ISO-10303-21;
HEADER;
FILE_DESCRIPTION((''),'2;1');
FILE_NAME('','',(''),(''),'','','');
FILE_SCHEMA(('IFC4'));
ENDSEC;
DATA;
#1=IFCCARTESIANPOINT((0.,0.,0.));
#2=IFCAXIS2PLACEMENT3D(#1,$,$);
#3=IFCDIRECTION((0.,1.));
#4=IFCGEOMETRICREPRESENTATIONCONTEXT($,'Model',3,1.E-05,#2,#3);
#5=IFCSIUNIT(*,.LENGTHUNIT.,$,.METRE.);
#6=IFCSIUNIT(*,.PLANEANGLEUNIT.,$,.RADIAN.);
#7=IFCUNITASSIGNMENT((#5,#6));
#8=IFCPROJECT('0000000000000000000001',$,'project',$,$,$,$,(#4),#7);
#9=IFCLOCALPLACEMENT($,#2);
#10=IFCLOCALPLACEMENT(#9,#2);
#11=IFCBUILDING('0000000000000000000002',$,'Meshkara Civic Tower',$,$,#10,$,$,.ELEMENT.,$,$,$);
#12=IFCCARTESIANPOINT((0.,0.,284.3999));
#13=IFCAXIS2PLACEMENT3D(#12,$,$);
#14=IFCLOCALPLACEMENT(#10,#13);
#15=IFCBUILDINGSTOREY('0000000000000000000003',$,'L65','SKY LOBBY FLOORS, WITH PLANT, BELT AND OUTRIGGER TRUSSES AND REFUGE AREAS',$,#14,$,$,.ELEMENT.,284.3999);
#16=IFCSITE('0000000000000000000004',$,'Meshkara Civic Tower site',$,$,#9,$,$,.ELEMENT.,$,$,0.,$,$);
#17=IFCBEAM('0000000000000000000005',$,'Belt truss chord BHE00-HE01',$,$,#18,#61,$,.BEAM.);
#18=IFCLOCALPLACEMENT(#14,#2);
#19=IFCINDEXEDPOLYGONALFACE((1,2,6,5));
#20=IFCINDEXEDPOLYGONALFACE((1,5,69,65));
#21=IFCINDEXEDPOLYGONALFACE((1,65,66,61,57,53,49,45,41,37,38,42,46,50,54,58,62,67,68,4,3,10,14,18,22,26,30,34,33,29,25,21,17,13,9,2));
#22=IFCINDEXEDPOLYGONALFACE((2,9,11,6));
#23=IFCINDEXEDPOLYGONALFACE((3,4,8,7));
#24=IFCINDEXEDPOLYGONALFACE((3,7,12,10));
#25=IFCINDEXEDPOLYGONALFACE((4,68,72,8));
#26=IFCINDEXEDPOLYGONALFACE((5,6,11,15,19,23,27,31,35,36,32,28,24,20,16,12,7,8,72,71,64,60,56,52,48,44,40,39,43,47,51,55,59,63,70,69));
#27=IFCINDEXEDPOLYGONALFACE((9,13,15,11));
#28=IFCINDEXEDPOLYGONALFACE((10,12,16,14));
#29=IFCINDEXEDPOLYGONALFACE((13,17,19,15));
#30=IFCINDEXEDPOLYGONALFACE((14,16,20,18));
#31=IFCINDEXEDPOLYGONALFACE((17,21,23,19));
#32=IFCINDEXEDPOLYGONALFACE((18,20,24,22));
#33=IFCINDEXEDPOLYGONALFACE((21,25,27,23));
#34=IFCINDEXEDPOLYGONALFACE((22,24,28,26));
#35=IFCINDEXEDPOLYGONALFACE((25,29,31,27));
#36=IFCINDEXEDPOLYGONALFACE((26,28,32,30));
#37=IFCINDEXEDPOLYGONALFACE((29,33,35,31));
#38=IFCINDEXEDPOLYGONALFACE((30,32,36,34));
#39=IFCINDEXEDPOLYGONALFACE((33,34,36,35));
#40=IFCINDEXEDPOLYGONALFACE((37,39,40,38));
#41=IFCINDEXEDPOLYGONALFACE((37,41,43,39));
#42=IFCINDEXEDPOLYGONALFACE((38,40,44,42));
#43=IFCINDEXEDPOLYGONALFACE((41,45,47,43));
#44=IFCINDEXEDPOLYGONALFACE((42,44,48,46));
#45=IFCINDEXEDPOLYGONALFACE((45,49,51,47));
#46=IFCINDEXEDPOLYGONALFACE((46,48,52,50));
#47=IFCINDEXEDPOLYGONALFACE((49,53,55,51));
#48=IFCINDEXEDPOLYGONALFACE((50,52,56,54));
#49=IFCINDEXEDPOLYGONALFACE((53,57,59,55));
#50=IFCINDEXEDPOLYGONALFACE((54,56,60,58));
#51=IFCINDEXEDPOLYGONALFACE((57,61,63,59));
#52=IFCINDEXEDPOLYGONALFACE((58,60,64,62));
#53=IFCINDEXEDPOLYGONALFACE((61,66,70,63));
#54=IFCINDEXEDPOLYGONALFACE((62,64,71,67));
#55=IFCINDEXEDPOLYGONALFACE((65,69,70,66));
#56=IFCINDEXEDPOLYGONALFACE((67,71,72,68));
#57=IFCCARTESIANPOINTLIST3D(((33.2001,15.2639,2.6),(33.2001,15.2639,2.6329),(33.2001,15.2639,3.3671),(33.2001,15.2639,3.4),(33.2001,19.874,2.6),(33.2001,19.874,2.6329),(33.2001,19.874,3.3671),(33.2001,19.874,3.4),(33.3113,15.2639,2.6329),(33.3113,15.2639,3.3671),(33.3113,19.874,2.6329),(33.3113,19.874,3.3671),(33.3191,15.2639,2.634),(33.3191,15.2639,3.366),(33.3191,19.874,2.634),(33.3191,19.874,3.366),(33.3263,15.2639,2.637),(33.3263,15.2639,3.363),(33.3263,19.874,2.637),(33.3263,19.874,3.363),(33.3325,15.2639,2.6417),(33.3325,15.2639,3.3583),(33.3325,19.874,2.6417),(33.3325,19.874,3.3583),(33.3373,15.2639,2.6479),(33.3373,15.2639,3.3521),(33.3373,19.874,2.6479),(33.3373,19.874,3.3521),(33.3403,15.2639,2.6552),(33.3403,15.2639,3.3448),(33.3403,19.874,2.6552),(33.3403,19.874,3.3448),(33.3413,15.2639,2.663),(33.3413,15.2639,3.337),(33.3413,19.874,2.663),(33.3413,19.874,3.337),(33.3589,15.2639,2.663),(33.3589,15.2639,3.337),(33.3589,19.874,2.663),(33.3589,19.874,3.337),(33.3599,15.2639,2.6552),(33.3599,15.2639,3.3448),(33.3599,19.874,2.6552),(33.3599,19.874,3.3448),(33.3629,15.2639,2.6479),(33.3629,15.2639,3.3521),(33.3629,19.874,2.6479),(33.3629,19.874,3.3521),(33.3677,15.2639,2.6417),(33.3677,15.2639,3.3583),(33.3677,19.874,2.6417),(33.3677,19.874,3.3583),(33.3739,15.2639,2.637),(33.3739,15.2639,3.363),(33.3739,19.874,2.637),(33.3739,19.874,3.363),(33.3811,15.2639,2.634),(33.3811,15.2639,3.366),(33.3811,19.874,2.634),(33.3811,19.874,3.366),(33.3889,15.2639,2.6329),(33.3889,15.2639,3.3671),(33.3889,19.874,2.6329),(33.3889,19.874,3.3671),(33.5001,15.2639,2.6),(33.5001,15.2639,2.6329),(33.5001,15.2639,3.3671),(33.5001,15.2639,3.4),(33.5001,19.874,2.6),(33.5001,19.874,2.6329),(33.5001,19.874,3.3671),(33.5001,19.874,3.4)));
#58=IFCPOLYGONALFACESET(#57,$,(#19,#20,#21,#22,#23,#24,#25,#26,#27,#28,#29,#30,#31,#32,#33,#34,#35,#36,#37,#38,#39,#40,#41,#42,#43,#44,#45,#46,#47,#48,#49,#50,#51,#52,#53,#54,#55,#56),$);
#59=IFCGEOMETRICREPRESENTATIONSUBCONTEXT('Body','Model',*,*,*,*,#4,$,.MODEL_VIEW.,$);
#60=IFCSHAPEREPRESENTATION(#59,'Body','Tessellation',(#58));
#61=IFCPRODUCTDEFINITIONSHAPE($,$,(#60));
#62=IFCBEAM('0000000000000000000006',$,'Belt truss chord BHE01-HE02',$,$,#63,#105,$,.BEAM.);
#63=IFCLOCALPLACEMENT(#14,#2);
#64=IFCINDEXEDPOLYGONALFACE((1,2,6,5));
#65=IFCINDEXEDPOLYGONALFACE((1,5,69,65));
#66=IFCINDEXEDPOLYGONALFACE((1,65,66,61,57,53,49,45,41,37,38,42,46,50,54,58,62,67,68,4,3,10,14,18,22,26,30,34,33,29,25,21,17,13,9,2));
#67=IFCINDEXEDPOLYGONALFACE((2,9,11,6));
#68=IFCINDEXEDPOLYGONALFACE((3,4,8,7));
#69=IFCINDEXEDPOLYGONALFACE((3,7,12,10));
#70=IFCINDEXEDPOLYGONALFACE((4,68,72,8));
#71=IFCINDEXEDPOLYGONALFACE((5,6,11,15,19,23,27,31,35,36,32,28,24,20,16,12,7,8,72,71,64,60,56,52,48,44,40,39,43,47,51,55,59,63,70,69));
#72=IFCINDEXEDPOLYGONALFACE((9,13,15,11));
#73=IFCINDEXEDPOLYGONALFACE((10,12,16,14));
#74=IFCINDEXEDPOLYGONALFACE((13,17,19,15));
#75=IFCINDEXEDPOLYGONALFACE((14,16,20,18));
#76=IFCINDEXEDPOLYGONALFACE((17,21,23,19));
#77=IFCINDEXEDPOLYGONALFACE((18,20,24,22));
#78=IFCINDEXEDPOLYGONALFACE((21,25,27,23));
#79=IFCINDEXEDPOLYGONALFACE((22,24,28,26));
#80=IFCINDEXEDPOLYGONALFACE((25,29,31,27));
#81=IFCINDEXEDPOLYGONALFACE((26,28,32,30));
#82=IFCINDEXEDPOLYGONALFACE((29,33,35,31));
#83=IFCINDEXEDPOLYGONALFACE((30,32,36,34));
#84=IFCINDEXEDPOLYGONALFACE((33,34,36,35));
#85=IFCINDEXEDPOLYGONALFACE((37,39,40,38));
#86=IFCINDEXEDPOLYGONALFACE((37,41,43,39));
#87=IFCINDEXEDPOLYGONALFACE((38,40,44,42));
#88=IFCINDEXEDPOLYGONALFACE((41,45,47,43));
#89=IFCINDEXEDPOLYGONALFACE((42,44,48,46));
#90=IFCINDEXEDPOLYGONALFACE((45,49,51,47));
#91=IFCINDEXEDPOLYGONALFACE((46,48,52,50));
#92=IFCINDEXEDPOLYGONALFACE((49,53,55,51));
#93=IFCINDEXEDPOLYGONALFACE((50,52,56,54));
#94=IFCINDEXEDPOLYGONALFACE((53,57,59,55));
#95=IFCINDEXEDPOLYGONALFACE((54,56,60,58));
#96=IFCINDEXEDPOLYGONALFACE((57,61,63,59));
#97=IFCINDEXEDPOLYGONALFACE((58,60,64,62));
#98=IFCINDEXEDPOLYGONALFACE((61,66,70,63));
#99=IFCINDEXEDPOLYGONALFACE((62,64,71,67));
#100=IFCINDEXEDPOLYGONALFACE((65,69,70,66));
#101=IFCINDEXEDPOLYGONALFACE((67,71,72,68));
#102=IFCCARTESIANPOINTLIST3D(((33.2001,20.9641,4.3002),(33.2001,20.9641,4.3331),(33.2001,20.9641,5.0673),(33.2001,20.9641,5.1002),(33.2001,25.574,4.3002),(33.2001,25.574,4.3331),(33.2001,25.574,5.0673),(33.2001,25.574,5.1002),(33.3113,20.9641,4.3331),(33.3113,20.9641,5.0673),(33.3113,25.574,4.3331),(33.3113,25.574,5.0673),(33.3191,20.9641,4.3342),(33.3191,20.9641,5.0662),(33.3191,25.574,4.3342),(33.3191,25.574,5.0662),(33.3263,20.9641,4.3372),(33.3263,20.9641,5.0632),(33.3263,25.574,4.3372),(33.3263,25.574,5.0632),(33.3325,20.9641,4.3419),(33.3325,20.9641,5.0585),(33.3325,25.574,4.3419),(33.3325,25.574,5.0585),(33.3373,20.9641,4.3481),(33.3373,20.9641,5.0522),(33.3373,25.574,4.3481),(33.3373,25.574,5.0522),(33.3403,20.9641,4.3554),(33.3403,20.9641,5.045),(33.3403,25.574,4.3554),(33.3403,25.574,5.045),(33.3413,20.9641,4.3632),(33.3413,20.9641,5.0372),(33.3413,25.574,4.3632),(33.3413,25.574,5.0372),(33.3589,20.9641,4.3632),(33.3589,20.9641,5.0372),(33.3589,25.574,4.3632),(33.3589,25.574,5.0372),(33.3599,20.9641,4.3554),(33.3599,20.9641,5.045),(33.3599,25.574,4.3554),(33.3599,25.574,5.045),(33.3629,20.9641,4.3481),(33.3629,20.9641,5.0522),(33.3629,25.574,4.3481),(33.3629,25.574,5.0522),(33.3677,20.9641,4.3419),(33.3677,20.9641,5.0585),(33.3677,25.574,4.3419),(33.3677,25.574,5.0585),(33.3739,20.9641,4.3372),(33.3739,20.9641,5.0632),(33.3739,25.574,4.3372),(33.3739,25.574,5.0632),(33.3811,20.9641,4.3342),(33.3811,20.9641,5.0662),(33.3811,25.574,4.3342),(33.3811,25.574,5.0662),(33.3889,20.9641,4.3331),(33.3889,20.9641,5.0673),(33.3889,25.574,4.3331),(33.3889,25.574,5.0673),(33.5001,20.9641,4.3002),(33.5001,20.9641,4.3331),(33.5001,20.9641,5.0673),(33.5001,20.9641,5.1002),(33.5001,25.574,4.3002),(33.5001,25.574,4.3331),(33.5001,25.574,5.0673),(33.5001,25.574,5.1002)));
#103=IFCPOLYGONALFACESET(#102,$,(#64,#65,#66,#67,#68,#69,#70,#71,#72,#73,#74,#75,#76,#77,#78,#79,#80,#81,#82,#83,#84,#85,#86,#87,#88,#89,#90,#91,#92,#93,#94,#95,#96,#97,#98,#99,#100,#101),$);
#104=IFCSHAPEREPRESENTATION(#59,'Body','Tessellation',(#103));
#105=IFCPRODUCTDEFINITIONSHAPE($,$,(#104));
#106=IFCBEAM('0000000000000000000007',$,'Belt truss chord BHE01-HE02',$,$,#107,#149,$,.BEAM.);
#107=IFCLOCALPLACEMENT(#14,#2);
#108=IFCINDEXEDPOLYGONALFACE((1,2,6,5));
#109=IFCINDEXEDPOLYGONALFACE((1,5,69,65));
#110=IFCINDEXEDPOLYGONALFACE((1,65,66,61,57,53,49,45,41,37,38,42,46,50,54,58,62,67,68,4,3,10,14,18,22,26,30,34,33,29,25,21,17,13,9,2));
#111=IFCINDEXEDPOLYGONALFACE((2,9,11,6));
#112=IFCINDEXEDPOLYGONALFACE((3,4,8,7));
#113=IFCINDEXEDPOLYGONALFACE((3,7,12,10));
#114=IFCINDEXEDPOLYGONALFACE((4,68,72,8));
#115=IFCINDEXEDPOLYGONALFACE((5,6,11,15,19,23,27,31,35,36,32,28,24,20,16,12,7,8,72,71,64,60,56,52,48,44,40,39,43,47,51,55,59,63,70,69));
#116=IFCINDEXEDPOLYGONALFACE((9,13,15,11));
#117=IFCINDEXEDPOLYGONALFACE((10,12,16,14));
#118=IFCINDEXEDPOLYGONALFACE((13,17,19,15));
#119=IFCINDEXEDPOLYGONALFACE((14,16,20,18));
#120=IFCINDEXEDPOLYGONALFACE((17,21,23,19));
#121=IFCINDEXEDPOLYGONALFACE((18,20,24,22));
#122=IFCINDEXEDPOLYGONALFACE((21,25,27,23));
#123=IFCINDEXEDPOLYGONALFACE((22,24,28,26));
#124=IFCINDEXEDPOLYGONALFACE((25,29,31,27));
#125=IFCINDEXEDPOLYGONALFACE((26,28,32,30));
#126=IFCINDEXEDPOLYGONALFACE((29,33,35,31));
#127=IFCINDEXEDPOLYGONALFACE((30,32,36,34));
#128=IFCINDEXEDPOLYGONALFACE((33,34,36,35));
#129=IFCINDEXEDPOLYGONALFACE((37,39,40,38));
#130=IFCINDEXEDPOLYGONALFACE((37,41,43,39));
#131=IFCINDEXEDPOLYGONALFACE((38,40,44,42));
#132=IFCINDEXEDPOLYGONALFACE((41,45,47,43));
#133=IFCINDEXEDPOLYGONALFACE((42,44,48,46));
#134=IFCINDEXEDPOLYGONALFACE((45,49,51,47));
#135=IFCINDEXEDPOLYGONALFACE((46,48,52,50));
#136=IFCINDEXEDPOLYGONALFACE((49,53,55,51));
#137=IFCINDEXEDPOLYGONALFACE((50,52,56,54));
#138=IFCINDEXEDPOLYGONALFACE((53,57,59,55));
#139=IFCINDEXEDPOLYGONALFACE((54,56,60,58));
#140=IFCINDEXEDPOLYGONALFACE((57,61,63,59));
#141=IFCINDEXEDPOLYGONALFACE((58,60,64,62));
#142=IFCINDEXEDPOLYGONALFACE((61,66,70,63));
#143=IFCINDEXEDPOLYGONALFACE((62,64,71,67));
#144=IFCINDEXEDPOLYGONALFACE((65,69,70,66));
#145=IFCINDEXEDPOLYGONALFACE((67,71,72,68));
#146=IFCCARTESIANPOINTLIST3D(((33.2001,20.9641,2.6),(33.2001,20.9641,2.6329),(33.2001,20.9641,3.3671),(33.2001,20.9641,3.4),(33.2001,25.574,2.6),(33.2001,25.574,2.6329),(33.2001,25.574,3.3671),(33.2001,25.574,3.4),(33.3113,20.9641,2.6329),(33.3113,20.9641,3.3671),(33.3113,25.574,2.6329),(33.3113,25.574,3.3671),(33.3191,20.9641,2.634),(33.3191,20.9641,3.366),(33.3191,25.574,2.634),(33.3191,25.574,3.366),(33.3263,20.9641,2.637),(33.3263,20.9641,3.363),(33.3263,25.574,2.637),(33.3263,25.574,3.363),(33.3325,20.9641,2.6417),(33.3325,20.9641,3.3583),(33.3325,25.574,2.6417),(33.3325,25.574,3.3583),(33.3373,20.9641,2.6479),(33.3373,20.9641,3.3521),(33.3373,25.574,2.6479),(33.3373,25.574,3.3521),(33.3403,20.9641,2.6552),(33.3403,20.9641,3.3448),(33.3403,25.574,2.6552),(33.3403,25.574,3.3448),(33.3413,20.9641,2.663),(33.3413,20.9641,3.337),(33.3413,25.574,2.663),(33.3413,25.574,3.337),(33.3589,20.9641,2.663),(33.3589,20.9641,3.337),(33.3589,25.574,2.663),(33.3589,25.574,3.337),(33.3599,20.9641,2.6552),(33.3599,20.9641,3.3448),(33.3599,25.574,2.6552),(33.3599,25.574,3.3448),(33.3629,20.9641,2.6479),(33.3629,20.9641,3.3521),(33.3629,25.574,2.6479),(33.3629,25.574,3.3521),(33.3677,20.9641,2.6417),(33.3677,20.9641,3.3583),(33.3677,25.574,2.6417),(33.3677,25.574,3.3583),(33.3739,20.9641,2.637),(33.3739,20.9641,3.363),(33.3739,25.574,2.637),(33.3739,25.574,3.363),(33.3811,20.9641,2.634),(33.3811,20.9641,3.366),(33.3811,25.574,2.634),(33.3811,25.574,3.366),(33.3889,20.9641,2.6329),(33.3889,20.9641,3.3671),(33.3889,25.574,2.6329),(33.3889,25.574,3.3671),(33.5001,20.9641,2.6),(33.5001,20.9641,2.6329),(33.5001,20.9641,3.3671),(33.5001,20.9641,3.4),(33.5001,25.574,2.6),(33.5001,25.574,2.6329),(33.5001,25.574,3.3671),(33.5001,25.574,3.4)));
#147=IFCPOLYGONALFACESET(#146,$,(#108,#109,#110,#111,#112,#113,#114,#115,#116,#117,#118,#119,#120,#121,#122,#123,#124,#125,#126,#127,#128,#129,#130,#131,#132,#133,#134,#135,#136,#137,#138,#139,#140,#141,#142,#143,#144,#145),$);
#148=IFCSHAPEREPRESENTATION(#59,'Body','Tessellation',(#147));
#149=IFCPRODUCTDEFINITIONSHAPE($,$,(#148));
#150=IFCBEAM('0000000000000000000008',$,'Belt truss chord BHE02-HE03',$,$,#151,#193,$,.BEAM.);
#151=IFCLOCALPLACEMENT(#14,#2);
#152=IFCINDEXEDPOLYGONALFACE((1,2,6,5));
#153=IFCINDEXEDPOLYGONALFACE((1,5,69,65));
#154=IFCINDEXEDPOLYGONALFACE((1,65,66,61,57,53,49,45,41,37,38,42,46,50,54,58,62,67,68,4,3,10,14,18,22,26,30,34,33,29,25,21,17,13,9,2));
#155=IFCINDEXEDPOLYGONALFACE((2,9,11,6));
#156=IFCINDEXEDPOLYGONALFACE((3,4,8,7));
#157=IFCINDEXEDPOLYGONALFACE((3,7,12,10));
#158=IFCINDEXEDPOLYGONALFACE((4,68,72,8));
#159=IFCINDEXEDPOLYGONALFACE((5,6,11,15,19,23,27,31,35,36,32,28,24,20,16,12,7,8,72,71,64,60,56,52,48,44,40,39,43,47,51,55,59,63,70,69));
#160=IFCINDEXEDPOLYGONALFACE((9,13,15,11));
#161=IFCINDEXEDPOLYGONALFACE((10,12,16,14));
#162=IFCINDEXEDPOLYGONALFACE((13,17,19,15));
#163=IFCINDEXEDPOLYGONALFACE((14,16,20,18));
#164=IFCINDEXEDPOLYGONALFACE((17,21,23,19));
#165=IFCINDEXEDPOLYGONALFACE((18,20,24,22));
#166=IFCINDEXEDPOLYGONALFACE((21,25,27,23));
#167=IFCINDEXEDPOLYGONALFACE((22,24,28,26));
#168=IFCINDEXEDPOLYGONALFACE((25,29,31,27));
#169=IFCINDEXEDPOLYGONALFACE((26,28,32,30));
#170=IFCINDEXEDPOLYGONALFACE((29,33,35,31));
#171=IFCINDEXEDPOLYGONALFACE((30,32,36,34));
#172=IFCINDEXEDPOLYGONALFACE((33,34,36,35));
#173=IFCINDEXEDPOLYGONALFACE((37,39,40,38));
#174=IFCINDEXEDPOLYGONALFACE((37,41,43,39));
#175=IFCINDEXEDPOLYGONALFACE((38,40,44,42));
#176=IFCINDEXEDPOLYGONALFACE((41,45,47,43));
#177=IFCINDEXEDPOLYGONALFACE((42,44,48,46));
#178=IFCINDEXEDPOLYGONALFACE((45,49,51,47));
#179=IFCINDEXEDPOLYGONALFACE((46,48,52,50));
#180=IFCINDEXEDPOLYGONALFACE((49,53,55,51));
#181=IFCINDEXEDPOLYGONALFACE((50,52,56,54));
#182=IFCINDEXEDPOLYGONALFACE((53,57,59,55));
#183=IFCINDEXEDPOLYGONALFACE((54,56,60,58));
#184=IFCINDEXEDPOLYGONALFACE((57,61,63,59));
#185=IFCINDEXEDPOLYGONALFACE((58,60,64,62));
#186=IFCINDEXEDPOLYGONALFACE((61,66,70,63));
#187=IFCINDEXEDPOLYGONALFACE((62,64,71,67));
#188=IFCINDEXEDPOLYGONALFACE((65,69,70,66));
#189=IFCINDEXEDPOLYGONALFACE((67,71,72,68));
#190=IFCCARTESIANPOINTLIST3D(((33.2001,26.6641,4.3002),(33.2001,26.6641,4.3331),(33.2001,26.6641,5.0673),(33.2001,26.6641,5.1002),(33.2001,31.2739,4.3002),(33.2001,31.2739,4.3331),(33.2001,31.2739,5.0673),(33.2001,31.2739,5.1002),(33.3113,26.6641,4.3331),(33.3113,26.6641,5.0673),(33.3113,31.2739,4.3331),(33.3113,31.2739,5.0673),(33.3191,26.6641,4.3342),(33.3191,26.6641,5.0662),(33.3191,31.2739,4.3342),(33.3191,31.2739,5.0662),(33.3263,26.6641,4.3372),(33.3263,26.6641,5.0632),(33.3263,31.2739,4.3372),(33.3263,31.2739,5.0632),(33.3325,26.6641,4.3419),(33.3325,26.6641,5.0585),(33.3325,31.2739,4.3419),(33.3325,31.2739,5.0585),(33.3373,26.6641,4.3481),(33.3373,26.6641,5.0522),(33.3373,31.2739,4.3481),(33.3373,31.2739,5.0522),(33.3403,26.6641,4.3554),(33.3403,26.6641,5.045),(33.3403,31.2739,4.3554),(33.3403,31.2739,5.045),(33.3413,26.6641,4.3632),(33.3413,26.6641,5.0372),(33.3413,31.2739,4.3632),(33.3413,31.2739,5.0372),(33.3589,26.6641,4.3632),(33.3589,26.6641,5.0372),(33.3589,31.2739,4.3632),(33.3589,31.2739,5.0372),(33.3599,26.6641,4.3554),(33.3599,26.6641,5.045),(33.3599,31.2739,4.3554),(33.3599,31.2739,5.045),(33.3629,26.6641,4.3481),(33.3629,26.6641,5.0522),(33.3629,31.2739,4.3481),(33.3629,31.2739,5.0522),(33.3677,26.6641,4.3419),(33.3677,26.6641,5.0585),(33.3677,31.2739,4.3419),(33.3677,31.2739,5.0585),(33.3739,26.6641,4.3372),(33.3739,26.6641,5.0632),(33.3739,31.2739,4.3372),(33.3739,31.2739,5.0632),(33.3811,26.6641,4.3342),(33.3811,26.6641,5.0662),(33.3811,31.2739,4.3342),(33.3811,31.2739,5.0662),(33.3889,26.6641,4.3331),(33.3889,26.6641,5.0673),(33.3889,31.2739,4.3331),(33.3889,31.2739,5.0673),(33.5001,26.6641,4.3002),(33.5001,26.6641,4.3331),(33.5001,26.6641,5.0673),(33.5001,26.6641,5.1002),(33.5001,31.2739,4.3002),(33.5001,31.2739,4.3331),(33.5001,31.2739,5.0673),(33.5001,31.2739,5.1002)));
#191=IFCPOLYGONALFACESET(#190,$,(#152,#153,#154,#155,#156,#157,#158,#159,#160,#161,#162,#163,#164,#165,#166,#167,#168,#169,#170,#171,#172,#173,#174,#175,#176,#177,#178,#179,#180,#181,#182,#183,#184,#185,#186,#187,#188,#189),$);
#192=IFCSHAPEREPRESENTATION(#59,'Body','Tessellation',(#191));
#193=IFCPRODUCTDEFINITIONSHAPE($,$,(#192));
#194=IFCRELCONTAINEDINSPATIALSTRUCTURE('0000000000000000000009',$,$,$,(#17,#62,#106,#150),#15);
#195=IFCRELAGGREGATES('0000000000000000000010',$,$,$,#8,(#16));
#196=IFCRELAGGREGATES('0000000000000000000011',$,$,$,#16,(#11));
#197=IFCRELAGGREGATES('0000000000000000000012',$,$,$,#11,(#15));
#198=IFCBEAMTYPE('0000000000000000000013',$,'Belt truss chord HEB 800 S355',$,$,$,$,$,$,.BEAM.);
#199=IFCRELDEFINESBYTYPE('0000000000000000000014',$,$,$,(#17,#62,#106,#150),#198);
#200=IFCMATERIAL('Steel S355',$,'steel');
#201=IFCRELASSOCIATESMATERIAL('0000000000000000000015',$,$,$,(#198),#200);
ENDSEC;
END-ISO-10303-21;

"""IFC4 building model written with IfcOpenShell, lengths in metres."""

from ifc_helpers import new_model, si_unit, direction, frame, origin, origin_2d, place, context, subcontext, project, spatial, i_section, extrude, material, material_profile, profile_set, type_object, element, save


model = new_model("IFC4")

# Units and contexts
model_context = context("Model", 3, precision=1e-05, world=origin(), true_north=direction((0.0, 1.0)))
body_context = subcontext(model_context, "Body", "Model", "MODEL_VIEW")
ifc_project = project(units=[si_unit("LENGTHUNIT", "METRE"), si_unit("PLANEANGLEUNIT", "RADIAN")], contexts=[model_context])

# Site, building, storey
site_placement = place(None, origin())
site = spatial("IfcSite", under=ifc_project, at=site_placement, Name="Meshkara Civic Tower site", CompositionType="ELEMENT", RefElevation=0.0)
building_placement = place(site_placement, origin())
building = spatial("IfcBuilding", under=site, at=building_placement, Name="Meshkara Civic Tower", CompositionType="ELEMENT")
storey_placement = place(building_placement, frame((0.0, 0.0, 284.3999)))
storey = spatial("IfcBuildingStorey", under=building, at=storey_placement, Name="L65", Description="SKY LOBBY FLOORS, WITH PLANT, BELT AND OUTRIGGER TRUSSES AND REFUGE AREAS", CompositionType="ELEMENT", Elevation=284.3999)

# Beams
ifc_material_1 = material(Name="Steel S355", Category="steel")
ifc_material_profile_1 = material_profile(ifc_material_1, i_section(OverallWidth=0.3, OverallDepth=0.8, WebThickness=0.0176, FlangeThickness=0.033, FilletRadius=0.03, at=origin_2d()))
ifc_profile_set_1 = profile_set([ifc_material_profile_1], Name="Steel S355")
beam_type = type_object("IfcBeamType", Name="Belt truss chord HEB 800 S355", PredefinedType="BEAM", material=ifc_profile_set_1)
beam_placement = place(storey_placement, frame((33.3501, 15.2639, 3.0), z_axis=(0.0, 1.0, 0.0), x_axis=(-1.0, 0.0, 0.0)))
element("IfcBeam", 1, at=beam_placement, inside=storey, type_object=beam_type, Name="Belt truss chord BHE00-HE01", PredefinedType="BEAM", context=body_context, shape_type="SweptSolid", body=[
    extrude(i_section(OverallWidth=0.3, OverallDepth=0.8, WebThickness=0.0176, FlangeThickness=0.033, FilletRadius=0.03, at=origin_2d()), origin(), (0.0, 0.0, 1.0), 4.6101),
])
for number, where, z_axis, x_axis, name in (
    (2, (33.3501, 20.9641, 4.7002), (0.0, 1.0, 0.0), (-1.0, 0.0, 0.0), "Belt truss chord BHE01-HE02"),
    (3, (33.3501, 20.9641, 3.0), (0.0, 1.0, 0.0), (-1.0, 0.0, 0.0), "Belt truss chord BHE01-HE02"),
    (4, (33.3501, 26.6641, 4.7002), (0.0, 1.0, 0.0), (-1.0, 0.0, 0.0), "Belt truss chord BHE02-HE03"),
):
    element("IfcBeam", number, at=place(storey_placement, frame(where, z_axis=z_axis, x_axis=x_axis)), inside=storey, type_object=beam_type, Name=name, PredefinedType="BEAM", context=body_context, shape_type="SweptSolid", body=[
        extrude(i_section(OverallWidth=0.3, OverallDepth=0.8, WebThickness=0.0176, FlangeThickness=0.033, FilletRadius=0.03, at=origin_2d()), origin(), (0.0, 0.0, 1.0), 4.6099),
    ])

save(model, "model.ifc")
